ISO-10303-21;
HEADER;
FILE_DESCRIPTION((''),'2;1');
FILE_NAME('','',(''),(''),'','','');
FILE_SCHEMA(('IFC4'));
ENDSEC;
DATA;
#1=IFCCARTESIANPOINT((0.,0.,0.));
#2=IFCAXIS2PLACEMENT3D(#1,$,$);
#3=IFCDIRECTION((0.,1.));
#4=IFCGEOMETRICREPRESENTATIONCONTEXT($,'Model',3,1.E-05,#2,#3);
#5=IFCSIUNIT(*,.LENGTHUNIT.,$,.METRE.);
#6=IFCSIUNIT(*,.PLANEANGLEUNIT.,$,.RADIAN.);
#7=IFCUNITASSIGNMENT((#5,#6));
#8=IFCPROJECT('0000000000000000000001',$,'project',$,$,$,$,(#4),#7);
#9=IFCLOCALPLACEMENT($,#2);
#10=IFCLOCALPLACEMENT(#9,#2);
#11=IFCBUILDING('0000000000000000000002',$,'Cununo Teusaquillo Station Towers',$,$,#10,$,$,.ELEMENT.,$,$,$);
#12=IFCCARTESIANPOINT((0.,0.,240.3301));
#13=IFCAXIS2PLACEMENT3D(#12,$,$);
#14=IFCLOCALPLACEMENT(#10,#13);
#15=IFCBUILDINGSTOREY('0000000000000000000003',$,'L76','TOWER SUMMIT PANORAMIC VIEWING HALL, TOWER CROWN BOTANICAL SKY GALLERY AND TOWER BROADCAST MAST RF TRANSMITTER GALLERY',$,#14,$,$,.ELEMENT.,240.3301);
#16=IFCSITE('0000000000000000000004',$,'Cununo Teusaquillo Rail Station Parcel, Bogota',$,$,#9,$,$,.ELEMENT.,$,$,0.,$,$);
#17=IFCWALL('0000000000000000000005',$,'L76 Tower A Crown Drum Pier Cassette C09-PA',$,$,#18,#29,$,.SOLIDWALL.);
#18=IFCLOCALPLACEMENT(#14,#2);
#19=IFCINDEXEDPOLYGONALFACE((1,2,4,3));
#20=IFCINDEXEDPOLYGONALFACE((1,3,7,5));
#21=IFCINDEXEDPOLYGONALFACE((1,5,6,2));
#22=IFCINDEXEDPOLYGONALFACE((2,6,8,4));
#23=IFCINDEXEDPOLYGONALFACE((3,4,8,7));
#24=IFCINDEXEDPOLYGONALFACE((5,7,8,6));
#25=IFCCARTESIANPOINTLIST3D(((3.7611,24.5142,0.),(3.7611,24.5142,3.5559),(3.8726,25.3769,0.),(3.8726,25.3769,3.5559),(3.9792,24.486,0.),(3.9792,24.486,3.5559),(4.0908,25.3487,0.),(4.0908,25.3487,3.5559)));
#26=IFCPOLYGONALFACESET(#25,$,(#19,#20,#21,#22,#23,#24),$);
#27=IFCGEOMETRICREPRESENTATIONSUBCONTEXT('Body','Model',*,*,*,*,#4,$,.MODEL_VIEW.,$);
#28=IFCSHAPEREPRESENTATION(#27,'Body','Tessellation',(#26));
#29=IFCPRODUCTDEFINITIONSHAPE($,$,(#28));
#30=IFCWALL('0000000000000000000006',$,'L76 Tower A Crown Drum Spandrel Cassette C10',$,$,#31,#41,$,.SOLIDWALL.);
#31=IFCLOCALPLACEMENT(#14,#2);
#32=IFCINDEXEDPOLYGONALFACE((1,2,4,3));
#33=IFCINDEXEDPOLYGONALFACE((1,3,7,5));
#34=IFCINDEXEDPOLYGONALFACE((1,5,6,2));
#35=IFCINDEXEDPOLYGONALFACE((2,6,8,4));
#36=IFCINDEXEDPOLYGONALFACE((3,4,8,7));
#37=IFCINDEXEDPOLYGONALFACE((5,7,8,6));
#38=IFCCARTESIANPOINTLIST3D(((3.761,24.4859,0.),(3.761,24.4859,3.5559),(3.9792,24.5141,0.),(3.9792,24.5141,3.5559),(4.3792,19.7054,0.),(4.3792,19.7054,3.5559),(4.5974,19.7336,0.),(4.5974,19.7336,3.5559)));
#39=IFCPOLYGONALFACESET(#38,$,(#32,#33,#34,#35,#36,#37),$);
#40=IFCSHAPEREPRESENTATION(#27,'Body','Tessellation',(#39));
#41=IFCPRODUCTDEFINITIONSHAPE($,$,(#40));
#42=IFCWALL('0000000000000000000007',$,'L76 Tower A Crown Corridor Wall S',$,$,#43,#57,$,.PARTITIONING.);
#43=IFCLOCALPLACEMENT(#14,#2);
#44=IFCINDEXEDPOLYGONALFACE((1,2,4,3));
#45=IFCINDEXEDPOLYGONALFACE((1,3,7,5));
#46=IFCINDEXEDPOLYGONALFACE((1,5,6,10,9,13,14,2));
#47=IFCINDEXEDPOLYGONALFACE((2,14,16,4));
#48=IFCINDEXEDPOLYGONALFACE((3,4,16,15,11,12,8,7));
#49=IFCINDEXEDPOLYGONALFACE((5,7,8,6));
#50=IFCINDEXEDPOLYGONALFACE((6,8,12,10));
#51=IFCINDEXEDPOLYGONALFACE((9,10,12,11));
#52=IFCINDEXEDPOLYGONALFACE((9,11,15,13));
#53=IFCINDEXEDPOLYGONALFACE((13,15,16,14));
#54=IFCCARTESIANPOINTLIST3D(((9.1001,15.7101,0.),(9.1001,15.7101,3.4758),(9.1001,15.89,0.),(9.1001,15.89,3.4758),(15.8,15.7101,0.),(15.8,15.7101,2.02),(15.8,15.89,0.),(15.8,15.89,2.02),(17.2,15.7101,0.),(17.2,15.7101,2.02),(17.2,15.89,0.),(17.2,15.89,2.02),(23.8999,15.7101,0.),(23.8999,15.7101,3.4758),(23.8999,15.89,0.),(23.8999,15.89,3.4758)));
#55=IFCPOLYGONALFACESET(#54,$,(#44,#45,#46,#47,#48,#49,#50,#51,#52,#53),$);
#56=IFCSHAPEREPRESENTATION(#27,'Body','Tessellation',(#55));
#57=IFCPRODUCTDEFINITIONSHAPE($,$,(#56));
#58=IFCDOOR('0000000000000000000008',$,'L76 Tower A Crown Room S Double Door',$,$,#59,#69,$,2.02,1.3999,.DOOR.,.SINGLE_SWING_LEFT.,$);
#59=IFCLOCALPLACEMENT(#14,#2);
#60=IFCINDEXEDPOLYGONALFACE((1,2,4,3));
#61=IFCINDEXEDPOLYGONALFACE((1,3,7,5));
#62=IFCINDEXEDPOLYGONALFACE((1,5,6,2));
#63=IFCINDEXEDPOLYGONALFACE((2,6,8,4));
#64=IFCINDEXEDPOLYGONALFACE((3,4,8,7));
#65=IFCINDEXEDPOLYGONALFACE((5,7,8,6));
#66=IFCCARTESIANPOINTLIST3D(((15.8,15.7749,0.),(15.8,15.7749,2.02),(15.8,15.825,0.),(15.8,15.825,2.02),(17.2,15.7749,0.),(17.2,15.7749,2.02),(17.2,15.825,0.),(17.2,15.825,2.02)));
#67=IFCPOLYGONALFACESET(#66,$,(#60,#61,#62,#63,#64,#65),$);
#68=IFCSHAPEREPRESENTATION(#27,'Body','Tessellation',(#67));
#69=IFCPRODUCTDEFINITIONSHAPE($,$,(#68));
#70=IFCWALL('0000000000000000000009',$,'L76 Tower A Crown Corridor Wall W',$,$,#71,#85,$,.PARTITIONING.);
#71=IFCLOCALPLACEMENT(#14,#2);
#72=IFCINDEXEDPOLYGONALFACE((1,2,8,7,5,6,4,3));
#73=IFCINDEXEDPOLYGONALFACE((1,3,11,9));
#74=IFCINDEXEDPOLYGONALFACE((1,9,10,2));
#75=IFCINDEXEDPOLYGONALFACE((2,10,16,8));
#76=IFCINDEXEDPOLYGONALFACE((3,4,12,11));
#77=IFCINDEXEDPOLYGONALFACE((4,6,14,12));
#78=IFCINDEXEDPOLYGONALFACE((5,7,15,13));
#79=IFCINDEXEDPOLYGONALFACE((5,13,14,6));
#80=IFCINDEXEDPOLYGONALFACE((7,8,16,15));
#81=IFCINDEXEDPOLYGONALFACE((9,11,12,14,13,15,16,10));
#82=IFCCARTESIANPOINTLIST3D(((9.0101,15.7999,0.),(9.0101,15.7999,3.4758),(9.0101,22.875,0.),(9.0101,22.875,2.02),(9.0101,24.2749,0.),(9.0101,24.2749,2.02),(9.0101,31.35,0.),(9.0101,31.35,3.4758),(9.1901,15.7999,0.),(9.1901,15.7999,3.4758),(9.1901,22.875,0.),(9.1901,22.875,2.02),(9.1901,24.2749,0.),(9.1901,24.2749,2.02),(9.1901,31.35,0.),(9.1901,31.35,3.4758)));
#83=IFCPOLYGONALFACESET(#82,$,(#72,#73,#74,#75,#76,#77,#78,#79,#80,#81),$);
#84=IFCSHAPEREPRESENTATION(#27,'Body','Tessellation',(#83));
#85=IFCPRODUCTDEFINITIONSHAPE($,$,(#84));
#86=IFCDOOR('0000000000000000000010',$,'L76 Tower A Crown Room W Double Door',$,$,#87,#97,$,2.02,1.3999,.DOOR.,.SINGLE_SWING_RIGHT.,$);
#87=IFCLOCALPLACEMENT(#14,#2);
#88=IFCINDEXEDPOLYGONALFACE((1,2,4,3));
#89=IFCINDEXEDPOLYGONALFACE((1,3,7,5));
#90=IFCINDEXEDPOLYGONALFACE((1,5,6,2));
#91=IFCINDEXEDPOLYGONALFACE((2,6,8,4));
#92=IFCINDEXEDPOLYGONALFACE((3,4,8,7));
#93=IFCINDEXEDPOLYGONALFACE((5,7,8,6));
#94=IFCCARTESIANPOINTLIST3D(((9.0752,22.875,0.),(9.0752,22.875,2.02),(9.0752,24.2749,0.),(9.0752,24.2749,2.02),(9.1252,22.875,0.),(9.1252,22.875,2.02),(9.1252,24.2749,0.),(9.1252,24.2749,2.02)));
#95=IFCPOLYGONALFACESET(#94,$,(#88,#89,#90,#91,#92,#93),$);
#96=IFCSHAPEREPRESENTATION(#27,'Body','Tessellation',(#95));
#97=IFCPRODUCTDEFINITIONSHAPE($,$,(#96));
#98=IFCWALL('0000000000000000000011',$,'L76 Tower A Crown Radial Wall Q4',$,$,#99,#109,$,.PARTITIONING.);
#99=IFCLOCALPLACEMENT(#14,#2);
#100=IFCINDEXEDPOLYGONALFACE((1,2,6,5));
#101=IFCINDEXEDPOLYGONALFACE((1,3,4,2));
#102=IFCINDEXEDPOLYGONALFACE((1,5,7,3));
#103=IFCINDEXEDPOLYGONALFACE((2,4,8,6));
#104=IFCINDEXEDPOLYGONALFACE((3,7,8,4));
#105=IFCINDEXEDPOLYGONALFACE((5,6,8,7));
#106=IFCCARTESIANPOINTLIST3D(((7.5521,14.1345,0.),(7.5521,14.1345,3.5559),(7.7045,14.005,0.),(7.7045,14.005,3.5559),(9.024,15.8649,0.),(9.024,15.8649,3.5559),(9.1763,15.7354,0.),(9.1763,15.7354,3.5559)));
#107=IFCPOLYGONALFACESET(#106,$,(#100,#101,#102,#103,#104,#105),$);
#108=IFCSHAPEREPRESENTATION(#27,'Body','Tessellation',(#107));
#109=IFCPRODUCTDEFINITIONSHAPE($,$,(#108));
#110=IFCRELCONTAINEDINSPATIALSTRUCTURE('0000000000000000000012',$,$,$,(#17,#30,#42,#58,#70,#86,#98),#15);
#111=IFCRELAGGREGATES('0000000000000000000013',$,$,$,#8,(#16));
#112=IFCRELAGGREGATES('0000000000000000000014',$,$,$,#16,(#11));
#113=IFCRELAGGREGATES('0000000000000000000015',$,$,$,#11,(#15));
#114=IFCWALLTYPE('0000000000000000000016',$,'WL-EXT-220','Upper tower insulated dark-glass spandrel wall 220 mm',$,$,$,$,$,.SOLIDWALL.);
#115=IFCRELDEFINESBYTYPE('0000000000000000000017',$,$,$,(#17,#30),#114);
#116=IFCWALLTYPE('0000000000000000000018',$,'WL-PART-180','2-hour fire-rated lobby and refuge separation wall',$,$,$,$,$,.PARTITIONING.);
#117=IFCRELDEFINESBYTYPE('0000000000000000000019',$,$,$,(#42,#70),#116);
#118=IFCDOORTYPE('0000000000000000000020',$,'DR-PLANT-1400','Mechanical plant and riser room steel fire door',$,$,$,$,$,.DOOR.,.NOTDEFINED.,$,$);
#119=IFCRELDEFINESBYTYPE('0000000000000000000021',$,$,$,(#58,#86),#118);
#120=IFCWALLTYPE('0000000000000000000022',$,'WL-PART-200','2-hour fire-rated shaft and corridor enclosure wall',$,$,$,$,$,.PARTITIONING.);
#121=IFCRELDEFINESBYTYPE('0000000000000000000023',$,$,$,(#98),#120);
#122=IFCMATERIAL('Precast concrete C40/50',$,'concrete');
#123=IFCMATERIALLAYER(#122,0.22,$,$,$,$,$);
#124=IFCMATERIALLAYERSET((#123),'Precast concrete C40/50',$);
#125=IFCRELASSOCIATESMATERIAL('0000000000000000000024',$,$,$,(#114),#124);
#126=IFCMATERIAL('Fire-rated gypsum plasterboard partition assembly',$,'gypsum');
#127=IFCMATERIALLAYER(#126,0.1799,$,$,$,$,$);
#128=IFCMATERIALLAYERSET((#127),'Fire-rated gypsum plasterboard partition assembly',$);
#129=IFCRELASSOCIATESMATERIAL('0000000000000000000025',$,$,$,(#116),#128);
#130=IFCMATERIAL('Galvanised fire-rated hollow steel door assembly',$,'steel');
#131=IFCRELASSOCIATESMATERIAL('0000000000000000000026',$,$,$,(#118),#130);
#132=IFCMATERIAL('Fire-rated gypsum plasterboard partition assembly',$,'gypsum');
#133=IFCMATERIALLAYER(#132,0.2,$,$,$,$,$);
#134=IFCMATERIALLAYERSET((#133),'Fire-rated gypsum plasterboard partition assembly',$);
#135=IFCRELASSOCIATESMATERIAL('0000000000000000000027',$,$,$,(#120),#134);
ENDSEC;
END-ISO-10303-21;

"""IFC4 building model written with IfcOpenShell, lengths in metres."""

from ifc_helpers import new_model, si_unit, direction, frame, frame_2d, origin, place, context, subcontext, project, spatial, rectangle, extrude, source, transform, mapped, material, layer, layer_set, type_object, element, fill, save


model = new_model("IFC4")

# Units and contexts
model_context = context("Model", 3, precision=1e-05, world=origin(), true_north=direction((0.0, 1.0)))
body_context = subcontext(model_context, "Body", "Model", "MODEL_VIEW")
ifc_project = project(units=[si_unit("LENGTHUNIT", "METRE"), si_unit("PLANEANGLEUNIT", "RADIAN")], contexts=[model_context])

# Site, building, storey
site_placement = place(None, origin())
site = spatial("IfcSite", under=ifc_project, at=site_placement, Name="Cununo Teusaquillo Rail Station Parcel, Bogota", CompositionType="ELEMENT", RefElevation=0.0)
building_placement = place(site_placement, origin())
building = spatial("IfcBuilding", under=site, at=building_placement, Name="Cununo Teusaquillo Station Towers", CompositionType="ELEMENT")
storey_placement = place(building_placement, frame((0.0, 0.0, 240.3301)))
storey = spatial("IfcBuildingStorey", under=building, at=storey_placement, Name="L76", Description="TOWER SUMMIT PANORAMIC VIEWING HALL, TOWER CROWN BOTANICAL SKY GALLERY AND TOWER BROADCAST MAST RF TRANSMITTER GALLERY", CompositionType="ELEMENT", Elevation=240.3301)

# Walls
ifc_material_1 = material(Name="Precast concrete C40/50", Category="concrete")
ifc_layer_1 = layer(ifc_material_1, 0.22)
ifc_layer_set_1 = layer_set([ifc_layer_1], Name="Precast concrete C40/50")
wall_type_1 = type_object("IfcWallType", Name="WL-EXT-220", Description="Upper tower insulated dark-glass spandrel wall 220 mm", PredefinedType="SOLIDWALL", material=ifc_layer_set_1)
wall_1_placement = place(storey_placement, frame((3.8701, 24.5, 0.0), z_axis=(0.0, 0.0, 1.0), x_axis=(0.128247, 0.991742, 0.0)))
element("IfcWall", 1, at=wall_1_placement, inside=storey, type_object=wall_type_1, Name="L76 Tower A Crown Drum Pier Cassette C09-PA", PredefinedType="SOLIDWALL", context=body_context, shape_type="SweptSolid", body=[
    extrude(rectangle(XDim=0.8699, YDim=0.22, at=frame_2d((0.4351, 0.0))), origin(), (0.0, 0.0, 1.0), 3.5559),
])
wall_2_placement = place(storey_placement, frame((4.4883, 19.7195, 0.0), z_axis=(0.0, 0.0, 1.0), x_axis=(-0.128241, 0.991743, 0.0)))
element("IfcWall", 2, at=wall_2_placement, inside=storey, type_object=wall_type_1, Name="L76 Tower A Crown Drum Spandrel Cassette C10", PredefinedType="SOLIDWALL", context=body_context, shape_type="SweptSolid", body=[
    extrude(rectangle(XDim=4.8203, YDim=0.22, at=frame_2d((2.4102, 0.0))), origin(), (0.0, 0.0, 1.0), 3.5559),
])

# Walls, openings, doors
ifc_material_2 = material(Name="Fire-rated gypsum plasterboard partition assembly", Category="gypsum")
ifc_layer_2 = layer(ifc_material_2, 0.1799)
ifc_layer_set_2 = layer_set([ifc_layer_2], Name="Fire-rated gypsum plasterboard partition assembly")
wall_type_2 = type_object("IfcWallType", Name="WL-PART-180", Description="2-hour fire-rated lobby and refuge separation wall", PredefinedType="PARTITIONING", material=ifc_layer_set_2)
wall_3_placement = place(storey_placement, frame((9.1001, 15.8, 0.0), z_axis=(0.0, 0.0, 1.0), x_axis=(1.0, 0.0, 0.0)))
wall_3 = element("IfcWall", 3, at=wall_3_placement, inside=storey, type_object=wall_type_2, Name="L76 Tower A Crown Corridor Wall S", PredefinedType="PARTITIONING", context=body_context, shape_type="SweptSolid", body=[
    extrude(rectangle(XDim=14.7998, YDim=0.1799, at=frame_2d((7.3999, 0.0))), origin(), (0.0, 0.0, 1.0), 3.4758),
])
shared_shape_1 = source(origin(), body_context, "Body", "SweptSolid", [
    extrude(rectangle(XDim=1.3999, YDim=2.02, at=frame_2d((0.7, 1.01))), frame((0.0, 0.0999, 0.0), z_axis=(0.0, -1.0, 0.0), x_axis=(1.0, 0.0, 0.0)), (0.0, 0.0, 1.0), 0.2),
])
opening_1_placement = place(wall_3_placement, frame((6.7, 0.0, 0.0)))
opening_1 = element("IfcOpeningElement", 4, at=opening_1_placement, cuts=wall_3, PredefinedType="OPENING", context=body_context, shape_type="MappedRepresentation", body=[
    mapped(shared_shape_1, transform((0.0, 0.0, 0.0), x_axis=(1.0, 0.0, 0.0), y_axis=(0.0, 1.0, 0.0), z_axis=(0.0, 0.0, 1.0), scale=1.0)),
])
ifc_material_3 = material(Name="Galvanised fire-rated hollow steel door assembly", Category="steel")
door_type_1 = type_object("IfcDoorType", Name="DR-PLANT-1400", Description="Mechanical plant and riser room steel fire door", OperationType="NOTDEFINED", PredefinedType="DOOR", material=ifc_material_3)
shared_shape_2 = source(origin(), body_context, "Body", "SweptSolid", [
    extrude(rectangle(XDim=1.3999, YDim=2.02, at=frame_2d((0.7, 1.01))), frame((0.0, 0.0249, 0.0), z_axis=(0.0, -1.0, 0.0), x_axis=(1.0, 0.0, 0.0)), (0.0, 0.0, 1.0), 0.05),
])
door_1_placement = place(opening_1_placement, origin())
door_1 = element("IfcDoor", 5, at=door_1_placement, inside=storey, type_object=door_type_1, Name="L76 Tower A Crown Room S Double Door", OperationType="SINGLE_SWING_LEFT", OverallHeight=2.02, OverallWidth=1.3999, PredefinedType="DOOR", context=body_context, shape_type="MappedRepresentation", body=[
    mapped(shared_shape_2, transform((0.0, 0.0, 0.0), x_axis=(1.0, 0.0, 0.0), y_axis=(0.0, 1.0, 0.0), z_axis=(0.0, 0.0, 1.0), scale=1.0)),
])
fill(opening_1, door_1)
wall_4_placement = place(storey_placement, frame((9.1001, 15.8, 0.0), z_axis=(0.0, 0.0, 1.0), x_axis=(0.0, 1.0, 0.0)))
wall_4 = element("IfcWall", 6, at=wall_4_placement, inside=storey, type_object=wall_type_2, Name="L76 Tower A Crown Corridor Wall W", PredefinedType="PARTITIONING", context=body_context, shape_type="SweptSolid", body=[
    extrude(rectangle(XDim=15.55, YDim=0.1799, at=frame_2d((7.7749, 0.0))), origin(), (0.0, 0.0, 1.0), 3.4758),
])
opening_2_placement = place(wall_4_placement, frame((7.075, 0.0, 0.0)))
opening_2 = element("IfcOpeningElement", 7, at=opening_2_placement, cuts=wall_4, PredefinedType="OPENING", context=body_context, shape_type="MappedRepresentation", body=[
    mapped(shared_shape_1, transform((0.0, 0.0, 0.0), x_axis=(1.0, 0.0, 0.0), y_axis=(0.0, 1.0, 0.0), z_axis=(0.0, 0.0, 1.0), scale=1.0)),
])
door_2_placement = place(opening_2_placement, origin())
door_2 = element("IfcDoor", 8, at=door_2_placement, inside=storey, type_object=door_type_1, Name="L76 Tower A Crown Room W Double Door", OperationType="SINGLE_SWING_RIGHT", OverallHeight=2.02, OverallWidth=1.3999, PredefinedType="DOOR", context=body_context, shape_type="MappedRepresentation", body=[
    mapped(shared_shape_2, transform((0.0, 0.0, 0.0), x_axis=(1.0, 0.0, 0.0), y_axis=(0.0, 1.0, 0.0), z_axis=(0.0, 0.0, 1.0), scale=1.0)),
])
fill(opening_2, door_2)

# Wall
ifc_material_4 = material(Name="Fire-rated gypsum plasterboard partition assembly", Category="gypsum")
ifc_layer_3 = layer(ifc_material_4, 0.2)
ifc_layer_set_3 = layer_set([ifc_layer_3], Name="Fire-rated gypsum plasterboard partition assembly")
wall_type_3 = type_object("IfcWallType", Name="WL-PART-200", Description="2-hour fire-rated shaft and corridor enclosure wall", PredefinedType="PARTITIONING", material=ifc_layer_set_3)
wall_5_placement = place(storey_placement, frame((9.1001, 15.8, 0.0), z_axis=(0.0, 0.0, 1.0), x_axis=(-0.64791, -0.761717, 0.0)))
element("IfcWall", 9, at=wall_5_placement, inside=storey, type_object=wall_type_3, Name="L76 Tower A Crown Radial Wall Q4", PredefinedType="PARTITIONING", context=body_context, shape_type="SweptSolid", body=[
    extrude(rectangle(XDim=2.2717, YDim=0.2, at=frame_2d((1.1357, 0.0))), origin(), (0.0, 0.0, 1.0), 3.5559),
])

save(model, "model.ifc")
